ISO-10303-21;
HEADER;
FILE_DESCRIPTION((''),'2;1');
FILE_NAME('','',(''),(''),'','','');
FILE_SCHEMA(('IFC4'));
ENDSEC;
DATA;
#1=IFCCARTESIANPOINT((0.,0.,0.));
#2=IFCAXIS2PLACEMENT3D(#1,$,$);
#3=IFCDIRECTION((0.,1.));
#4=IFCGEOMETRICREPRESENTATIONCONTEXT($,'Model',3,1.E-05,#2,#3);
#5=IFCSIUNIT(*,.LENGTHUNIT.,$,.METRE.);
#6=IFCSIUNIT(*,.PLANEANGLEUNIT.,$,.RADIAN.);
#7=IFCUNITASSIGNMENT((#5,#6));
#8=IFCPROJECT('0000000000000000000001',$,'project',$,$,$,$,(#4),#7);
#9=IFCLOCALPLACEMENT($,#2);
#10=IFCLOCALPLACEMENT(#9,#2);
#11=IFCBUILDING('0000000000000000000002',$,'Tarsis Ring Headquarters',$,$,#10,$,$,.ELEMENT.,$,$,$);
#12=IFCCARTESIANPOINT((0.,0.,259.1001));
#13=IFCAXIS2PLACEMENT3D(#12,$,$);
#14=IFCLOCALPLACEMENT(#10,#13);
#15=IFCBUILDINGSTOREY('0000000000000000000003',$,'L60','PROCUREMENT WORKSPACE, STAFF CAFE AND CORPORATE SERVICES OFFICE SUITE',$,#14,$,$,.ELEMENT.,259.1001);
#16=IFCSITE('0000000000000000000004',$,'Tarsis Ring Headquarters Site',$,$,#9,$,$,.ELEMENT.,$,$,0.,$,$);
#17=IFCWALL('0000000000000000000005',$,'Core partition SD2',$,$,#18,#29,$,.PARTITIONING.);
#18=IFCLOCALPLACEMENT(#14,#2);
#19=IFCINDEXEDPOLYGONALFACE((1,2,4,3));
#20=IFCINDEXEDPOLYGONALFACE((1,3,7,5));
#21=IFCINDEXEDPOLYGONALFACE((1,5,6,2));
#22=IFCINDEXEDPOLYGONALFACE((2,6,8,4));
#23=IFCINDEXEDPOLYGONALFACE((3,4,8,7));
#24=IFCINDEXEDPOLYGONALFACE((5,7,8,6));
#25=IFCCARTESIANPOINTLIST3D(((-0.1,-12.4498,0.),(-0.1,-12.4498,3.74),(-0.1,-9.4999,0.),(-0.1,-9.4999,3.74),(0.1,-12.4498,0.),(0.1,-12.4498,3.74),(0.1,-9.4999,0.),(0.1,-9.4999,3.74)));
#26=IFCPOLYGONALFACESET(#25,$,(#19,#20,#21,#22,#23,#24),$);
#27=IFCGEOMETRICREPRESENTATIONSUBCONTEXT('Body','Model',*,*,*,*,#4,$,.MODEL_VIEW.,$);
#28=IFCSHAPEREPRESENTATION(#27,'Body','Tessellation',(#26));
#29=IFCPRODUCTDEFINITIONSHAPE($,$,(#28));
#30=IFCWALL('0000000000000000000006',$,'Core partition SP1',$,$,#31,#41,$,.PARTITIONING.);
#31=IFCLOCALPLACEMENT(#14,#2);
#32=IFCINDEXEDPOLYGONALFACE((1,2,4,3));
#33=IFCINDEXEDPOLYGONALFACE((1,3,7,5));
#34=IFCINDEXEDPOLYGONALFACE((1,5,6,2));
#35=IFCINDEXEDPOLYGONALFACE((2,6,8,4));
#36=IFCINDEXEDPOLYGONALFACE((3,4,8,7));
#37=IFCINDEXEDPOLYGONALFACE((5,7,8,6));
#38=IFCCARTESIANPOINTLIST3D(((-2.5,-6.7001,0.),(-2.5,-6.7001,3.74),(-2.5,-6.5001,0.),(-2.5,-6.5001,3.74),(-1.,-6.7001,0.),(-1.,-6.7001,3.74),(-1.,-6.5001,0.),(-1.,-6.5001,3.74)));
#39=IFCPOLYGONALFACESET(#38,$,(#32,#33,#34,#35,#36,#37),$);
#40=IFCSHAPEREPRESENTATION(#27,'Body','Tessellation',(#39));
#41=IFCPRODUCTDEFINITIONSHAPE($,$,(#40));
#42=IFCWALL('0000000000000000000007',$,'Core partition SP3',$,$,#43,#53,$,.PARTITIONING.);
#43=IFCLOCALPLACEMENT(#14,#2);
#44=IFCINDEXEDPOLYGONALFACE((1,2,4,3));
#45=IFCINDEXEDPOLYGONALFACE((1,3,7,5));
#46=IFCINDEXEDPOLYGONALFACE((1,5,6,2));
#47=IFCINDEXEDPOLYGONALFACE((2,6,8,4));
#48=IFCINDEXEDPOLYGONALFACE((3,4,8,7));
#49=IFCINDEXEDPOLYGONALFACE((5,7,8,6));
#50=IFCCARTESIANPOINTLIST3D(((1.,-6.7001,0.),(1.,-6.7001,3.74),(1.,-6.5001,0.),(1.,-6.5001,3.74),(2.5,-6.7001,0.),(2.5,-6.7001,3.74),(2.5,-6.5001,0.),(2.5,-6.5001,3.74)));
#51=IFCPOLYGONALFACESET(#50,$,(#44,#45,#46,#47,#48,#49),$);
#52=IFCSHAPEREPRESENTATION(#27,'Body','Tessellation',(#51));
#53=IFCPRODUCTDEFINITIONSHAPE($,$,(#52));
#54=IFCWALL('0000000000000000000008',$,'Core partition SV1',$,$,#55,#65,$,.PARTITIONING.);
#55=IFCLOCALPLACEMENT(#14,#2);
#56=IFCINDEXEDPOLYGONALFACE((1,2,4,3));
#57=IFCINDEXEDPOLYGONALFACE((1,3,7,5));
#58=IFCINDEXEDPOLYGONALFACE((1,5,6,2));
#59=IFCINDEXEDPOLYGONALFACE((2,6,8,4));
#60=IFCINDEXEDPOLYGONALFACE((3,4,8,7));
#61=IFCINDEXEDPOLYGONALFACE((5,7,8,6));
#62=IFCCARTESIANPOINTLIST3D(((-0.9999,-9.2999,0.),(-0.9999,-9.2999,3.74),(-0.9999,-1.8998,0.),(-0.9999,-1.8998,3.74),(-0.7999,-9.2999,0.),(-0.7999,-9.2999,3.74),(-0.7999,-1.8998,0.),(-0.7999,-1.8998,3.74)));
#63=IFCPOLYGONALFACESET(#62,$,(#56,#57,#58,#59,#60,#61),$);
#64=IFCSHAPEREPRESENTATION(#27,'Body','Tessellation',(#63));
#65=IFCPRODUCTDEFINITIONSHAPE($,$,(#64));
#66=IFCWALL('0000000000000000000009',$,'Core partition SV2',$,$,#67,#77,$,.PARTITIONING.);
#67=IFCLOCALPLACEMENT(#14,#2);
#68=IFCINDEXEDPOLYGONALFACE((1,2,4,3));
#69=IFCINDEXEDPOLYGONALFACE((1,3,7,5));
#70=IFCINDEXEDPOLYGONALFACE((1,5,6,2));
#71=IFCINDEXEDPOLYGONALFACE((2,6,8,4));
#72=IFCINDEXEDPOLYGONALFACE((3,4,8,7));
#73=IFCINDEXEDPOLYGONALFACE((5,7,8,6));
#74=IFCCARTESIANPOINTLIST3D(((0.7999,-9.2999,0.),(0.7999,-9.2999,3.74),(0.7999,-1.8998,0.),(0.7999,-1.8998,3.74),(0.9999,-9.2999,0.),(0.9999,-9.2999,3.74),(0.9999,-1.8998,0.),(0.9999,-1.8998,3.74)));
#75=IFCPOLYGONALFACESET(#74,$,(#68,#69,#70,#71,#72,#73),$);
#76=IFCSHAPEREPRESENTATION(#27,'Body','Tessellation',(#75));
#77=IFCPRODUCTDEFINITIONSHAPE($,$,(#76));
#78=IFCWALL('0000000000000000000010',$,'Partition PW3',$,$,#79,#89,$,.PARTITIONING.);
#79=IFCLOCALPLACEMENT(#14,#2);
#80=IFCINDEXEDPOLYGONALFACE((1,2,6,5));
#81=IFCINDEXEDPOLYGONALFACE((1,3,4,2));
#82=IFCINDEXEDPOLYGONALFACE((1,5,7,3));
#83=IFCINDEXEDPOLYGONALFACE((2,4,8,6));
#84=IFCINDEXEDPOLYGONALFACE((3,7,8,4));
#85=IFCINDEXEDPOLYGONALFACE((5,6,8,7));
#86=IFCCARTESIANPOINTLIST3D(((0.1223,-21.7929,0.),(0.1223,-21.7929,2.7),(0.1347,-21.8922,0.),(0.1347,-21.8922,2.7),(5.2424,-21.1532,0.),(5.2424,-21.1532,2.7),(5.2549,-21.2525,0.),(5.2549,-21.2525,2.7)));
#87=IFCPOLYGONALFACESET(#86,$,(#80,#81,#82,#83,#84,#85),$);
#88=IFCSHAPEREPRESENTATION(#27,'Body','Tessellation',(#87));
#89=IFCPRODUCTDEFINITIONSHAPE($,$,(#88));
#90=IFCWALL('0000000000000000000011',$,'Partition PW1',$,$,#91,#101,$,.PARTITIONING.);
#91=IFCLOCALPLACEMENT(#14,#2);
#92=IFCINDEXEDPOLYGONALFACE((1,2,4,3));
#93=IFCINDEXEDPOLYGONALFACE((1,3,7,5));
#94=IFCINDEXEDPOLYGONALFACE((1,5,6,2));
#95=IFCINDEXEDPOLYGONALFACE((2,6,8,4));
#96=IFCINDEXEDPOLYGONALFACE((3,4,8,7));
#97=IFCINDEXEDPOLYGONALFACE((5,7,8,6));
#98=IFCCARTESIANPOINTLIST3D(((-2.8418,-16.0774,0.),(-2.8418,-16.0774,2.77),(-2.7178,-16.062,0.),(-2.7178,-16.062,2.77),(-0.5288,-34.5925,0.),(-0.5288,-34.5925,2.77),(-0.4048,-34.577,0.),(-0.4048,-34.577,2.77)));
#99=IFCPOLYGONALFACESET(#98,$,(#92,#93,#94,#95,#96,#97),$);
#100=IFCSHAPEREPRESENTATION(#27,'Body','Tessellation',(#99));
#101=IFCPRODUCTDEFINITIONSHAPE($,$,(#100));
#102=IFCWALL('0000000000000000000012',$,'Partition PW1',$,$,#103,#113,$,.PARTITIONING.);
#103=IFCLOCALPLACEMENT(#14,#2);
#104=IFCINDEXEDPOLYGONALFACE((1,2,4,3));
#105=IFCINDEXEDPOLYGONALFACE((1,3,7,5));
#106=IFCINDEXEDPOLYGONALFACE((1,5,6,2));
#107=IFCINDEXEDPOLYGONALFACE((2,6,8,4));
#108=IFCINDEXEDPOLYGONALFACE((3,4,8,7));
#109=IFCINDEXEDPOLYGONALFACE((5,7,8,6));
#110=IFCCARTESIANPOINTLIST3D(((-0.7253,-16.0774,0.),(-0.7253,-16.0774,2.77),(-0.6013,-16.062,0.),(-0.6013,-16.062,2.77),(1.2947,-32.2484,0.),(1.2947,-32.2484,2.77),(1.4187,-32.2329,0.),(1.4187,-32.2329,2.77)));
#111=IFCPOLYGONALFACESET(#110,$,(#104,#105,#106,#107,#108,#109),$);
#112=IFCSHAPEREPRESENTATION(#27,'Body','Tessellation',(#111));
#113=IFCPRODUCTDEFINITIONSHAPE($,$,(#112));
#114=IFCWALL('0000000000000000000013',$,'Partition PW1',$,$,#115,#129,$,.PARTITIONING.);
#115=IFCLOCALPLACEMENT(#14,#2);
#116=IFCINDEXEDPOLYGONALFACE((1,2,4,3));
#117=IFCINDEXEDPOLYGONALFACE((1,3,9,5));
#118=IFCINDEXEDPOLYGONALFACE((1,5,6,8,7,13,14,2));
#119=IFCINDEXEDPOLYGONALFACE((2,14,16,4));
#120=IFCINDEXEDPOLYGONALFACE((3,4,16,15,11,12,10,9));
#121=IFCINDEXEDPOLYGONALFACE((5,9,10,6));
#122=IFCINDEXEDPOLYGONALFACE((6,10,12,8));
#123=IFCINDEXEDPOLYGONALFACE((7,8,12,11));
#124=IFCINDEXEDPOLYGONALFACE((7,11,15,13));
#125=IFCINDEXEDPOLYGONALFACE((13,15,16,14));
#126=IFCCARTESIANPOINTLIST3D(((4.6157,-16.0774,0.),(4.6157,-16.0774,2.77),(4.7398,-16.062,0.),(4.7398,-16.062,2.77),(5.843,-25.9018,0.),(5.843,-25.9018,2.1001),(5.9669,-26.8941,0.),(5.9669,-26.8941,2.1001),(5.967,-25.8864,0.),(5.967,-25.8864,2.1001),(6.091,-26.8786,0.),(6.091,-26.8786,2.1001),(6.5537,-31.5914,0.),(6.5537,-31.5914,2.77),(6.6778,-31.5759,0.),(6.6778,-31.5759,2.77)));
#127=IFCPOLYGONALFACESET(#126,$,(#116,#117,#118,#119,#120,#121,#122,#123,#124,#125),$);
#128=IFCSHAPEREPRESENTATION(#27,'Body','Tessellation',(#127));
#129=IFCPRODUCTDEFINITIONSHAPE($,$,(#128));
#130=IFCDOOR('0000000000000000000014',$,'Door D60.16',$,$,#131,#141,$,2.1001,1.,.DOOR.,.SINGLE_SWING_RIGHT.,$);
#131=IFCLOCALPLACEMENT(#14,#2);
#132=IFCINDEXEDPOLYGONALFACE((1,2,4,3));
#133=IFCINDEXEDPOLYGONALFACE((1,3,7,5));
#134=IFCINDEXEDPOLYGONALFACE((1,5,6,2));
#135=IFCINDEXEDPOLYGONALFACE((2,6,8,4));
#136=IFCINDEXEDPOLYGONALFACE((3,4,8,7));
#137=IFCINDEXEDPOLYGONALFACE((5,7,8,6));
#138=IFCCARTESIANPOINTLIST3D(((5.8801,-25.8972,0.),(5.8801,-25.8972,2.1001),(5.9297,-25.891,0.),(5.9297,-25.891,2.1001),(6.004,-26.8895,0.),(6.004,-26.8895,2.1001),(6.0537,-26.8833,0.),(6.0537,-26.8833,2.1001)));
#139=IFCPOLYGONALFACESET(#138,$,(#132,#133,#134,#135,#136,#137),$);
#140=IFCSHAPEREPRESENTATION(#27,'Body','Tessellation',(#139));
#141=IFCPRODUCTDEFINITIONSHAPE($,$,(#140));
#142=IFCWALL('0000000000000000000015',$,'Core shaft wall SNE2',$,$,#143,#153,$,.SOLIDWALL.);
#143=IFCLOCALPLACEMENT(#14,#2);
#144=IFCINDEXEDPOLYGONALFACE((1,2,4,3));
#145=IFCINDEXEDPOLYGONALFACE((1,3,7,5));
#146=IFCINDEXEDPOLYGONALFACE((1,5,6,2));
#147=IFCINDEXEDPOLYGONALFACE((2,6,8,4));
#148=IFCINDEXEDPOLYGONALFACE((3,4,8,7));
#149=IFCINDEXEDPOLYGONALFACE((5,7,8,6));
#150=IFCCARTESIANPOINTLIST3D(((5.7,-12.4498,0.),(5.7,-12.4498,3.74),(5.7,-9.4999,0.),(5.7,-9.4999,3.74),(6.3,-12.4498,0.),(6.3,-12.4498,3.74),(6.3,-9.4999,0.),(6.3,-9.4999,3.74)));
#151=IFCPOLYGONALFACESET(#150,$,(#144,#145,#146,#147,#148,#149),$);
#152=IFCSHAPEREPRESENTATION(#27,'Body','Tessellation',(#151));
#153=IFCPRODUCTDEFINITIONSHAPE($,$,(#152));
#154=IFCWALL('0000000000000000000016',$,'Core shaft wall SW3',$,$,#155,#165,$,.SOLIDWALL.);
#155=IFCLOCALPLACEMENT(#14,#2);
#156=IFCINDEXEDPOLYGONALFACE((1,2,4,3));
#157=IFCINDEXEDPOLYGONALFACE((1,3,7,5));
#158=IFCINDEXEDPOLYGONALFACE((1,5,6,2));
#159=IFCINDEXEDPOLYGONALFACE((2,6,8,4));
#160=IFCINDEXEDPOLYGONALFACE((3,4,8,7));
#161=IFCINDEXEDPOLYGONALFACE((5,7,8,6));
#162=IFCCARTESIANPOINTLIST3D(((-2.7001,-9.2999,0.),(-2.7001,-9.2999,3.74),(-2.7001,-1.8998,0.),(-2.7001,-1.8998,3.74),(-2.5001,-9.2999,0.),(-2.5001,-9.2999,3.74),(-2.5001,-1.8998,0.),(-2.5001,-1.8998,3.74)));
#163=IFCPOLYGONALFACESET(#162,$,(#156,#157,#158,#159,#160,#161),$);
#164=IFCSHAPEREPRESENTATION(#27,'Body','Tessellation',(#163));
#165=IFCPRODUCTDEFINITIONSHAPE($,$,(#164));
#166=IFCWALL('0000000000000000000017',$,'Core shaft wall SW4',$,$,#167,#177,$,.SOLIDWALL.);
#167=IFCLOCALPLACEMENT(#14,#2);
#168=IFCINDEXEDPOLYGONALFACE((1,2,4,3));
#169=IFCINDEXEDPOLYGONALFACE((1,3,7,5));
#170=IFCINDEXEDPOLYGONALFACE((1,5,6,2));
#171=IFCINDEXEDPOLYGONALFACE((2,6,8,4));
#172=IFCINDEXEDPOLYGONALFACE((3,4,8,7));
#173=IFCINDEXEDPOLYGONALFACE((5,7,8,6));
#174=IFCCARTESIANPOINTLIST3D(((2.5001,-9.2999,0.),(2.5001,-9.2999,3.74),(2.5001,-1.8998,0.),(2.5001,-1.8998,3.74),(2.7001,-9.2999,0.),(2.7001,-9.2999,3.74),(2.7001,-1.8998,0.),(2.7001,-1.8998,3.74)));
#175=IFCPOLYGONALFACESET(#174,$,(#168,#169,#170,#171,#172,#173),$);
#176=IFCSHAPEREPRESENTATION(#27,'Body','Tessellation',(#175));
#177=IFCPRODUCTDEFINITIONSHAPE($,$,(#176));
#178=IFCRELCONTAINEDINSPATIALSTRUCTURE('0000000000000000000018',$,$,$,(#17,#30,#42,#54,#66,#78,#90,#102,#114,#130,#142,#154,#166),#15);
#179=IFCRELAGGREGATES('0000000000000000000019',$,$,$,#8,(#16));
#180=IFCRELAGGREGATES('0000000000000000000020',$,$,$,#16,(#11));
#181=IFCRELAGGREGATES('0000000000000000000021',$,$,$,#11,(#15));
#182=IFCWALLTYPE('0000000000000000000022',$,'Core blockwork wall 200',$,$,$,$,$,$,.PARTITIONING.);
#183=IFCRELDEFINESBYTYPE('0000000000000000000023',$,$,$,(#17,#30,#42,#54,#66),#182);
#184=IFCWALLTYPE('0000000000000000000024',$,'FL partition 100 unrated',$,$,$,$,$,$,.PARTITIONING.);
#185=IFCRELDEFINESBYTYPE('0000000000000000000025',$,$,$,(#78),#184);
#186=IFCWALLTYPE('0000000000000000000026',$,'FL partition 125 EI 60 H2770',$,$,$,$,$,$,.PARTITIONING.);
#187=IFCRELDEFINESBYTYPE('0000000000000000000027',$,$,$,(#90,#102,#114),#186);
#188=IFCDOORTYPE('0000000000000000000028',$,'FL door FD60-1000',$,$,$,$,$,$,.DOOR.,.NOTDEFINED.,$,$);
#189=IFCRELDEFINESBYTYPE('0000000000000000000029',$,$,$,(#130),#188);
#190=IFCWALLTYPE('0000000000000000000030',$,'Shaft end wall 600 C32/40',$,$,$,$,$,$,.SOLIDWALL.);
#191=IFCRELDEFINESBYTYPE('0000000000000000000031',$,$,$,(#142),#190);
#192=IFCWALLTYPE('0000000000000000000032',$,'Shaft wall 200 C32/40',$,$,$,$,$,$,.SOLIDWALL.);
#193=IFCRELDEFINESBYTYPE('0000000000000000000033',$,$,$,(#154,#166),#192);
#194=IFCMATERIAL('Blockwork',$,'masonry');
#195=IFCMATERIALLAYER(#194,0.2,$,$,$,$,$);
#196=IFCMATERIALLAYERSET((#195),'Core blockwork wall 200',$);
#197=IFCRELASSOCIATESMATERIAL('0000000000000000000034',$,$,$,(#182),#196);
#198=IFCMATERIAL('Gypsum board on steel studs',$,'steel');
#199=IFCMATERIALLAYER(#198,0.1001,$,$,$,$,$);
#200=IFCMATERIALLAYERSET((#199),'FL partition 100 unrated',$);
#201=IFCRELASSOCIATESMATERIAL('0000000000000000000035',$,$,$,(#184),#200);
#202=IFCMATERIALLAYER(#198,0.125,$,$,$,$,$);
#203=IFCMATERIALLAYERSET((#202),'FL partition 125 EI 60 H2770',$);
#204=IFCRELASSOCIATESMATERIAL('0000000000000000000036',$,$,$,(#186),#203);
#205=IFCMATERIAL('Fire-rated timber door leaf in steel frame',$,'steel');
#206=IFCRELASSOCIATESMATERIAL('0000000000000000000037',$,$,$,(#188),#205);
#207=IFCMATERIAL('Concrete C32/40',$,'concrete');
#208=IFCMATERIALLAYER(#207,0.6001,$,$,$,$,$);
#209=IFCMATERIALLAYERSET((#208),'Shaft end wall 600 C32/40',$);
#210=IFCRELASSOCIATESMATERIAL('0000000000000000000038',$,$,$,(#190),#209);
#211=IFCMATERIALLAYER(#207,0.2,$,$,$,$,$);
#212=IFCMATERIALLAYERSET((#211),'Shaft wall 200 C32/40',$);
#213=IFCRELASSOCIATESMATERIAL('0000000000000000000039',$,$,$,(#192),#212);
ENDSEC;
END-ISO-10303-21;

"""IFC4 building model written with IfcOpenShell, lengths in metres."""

from ifc_helpers import new_model, si_unit, direction, frame, frame_2d, origin, place, context, subcontext, project, spatial, rectangle, extrude, material, layer, layer_set, type_object, element, fill, save


model = new_model("IFC4")

# Units and contexts
model_context = context("Model", 3, precision=1e-05, world=origin(), true_north=direction((0.0, 1.0)))
body_context = subcontext(model_context, "Body", "Model", "MODEL_VIEW")
ifc_project = project(units=[si_unit("LENGTHUNIT", "METRE"), si_unit("PLANEANGLEUNIT", "RADIAN")], contexts=[model_context])

# Site, building, storey
site_placement = place(None, origin())
site = spatial("IfcSite", under=ifc_project, at=site_placement, Name="Tarsis Ring Headquarters Site", CompositionType="ELEMENT", RefElevation=0.0)
building_placement = place(site_placement, origin())
building = spatial("IfcBuilding", under=site, at=building_placement, Name="Tarsis Ring Headquarters", CompositionType="ELEMENT")
storey_placement = place(building_placement, frame((0.0, 0.0, 259.1001)))
storey = spatial("IfcBuildingStorey", under=building, at=storey_placement, Name="L60", Description="PROCUREMENT WORKSPACE, STAFF CAFE AND CORPORATE SERVICES OFFICE SUITE", CompositionType="ELEMENT", Elevation=259.1001)

# Walls
ifc_material_1 = material(Name="Blockwork", Category="masonry")
ifc_layer_1 = layer(ifc_material_1, 0.2)
ifc_layer_set_1 = layer_set([ifc_layer_1], Name="Core blockwork wall 200")
wall_type_1 = type_object("IfcWallType", Name="Core blockwork wall 200", PredefinedType="PARTITIONING", material=ifc_layer_set_1)
wall_1_placement = place(storey_placement, frame((0.0, -12.45, 0.0), z_axis=(0.0, 0.0, 1.0), x_axis=(0.0, 1.0, 0.0)))
element("IfcWall", 1, at=wall_1_placement, inside=storey, type_object=wall_type_1, Name="Core partition SD2", PredefinedType="PARTITIONING", context=body_context, shape_type="SweptSolid", body=[
    extrude(rectangle(XDim=2.95, YDim=0.2, at=frame_2d((1.4751, 0.0))), origin(), (0.0, 0.0, 1.0), 3.74),
])
for number, where, z_axis, x_axis, name in (
    (2, (-2.5, -6.6001, 0.0), (0.0, 0.0, 1.0), (1.0, 0.0, 0.0), "Core partition SP1"),
    (3, (1.0, -6.6001, 0.0), (0.0, 0.0, 1.0), (1.0, 0.0, 0.0), "Core partition SP3"),
):
    element("IfcWall", number, at=place(storey_placement, frame(where, z_axis=z_axis, x_axis=x_axis)), inside=storey, type_object=wall_type_1, Name=name, PredefinedType="PARTITIONING", context=body_context, shape_type="SweptSolid", body=[
        extrude(rectangle(XDim=1.5, YDim=0.2, at=frame_2d((0.75, 0.0))), origin(), (0.0, 0.0, 1.0), 3.74),
    ])
for number, where, z_axis, x_axis, name in (
    (4, (-0.8999, -9.3, 0.0), (0.0, 0.0, 1.0), (0.0, 1.0, 0.0), "Core partition SV1"),
    (5, (0.8999, -9.3, 0.0), (0.0, 0.0, 1.0), (0.0, 1.0, 0.0), "Core partition SV2"),
):
    element("IfcWall", number, at=place(storey_placement, frame(where, z_axis=z_axis, x_axis=x_axis)), inside=storey, type_object=wall_type_1, Name=name, PredefinedType="PARTITIONING", context=body_context, shape_type="SweptSolid", body=[
        extrude(rectangle(XDim=7.4001, YDim=0.2, at=frame_2d((3.7002, 0.0))), origin(), (0.0, 0.0, 1.0), 3.74),
    ])
ifc_material_2 = material(Name="Gypsum board on steel studs", Category="steel")
ifc_layer_2 = layer(ifc_material_2, 0.1001)
ifc_layer_set_2 = layer_set([ifc_layer_2], Name="FL partition 100 unrated")
wall_type_2 = type_object("IfcWallType", Name="FL partition 100 unrated", PredefinedType="PARTITIONING", material=ifc_layer_set_2)
wall_2_placement = place(storey_placement, frame((0.1284, -21.8425, 0.0), z_axis=(0.0, 0.0, 1.0), x_axis=(0.992287, 0.123965, 0.0)))
element("IfcWall", 6, at=wall_2_placement, inside=storey, type_object=wall_type_2, Name="Partition PW3", PredefinedType="PARTITIONING", context=body_context, shape_type="SweptSolid", body=[
    extrude(rectangle(XDim=5.1599, YDim=0.1001, at=frame_2d((2.5801, 0.0))), origin(), (0.0, 0.0, 1.0), 2.7),
])
ifc_layer_3 = layer(ifc_material_2, 0.125)
ifc_layer_set_3 = layer_set([ifc_layer_3], Name="FL partition 125 EI 60 H2770")
wall_type_3 = type_object("IfcWallType", Name="FL partition 125 EI 60 H2770", PredefinedType="PARTITIONING", material=ifc_layer_set_3)
wall_3_placement = place(storey_placement, frame((-2.7798, -16.0696, 0.0), z_axis=(0.0, 0.0, 1.0), x_axis=(0.123961, -0.992287, 0.0)))
element("IfcWall", 7, at=wall_3_placement, inside=storey, type_object=wall_type_3, Name="Partition PW1", PredefinedType="PARTITIONING", context=body_context, shape_type="SweptSolid", body=[
    extrude(rectangle(XDim=18.6589, YDim=0.125, at=frame_2d((9.3296, 0.0))), origin(), (0.0, 0.0, 1.0), 2.77),
])
wall_4_placement = place(storey_placement, frame((-0.6633, -16.0696, 0.0), z_axis=(0.0, 0.0, 1.0), x_axis=(0.123954, -0.992288, 0.0)))
element("IfcWall", 8, at=wall_4_placement, inside=storey, type_object=wall_type_3, Name="Partition PW1", PredefinedType="PARTITIONING", context=body_context, shape_type="SweptSolid", body=[
    extrude(rectangle(XDim=16.2966, YDim=0.125, at=frame_2d((8.1484, 0.0))), origin(), (0.0, 0.0, 1.0), 2.77),
])

# Wall, opening, door
wall_5_placement = place(storey_placement, frame((4.6777, -16.0696, 0.0), z_axis=(0.0, 0.0, 1.0), x_axis=(0.123956, -0.992288, 0.0)))
wall_5 = element("IfcWall", 9, at=wall_5_placement, inside=storey, type_object=wall_type_3, Name="Partition PW1", PredefinedType="PARTITIONING", context=body_context, shape_type="SweptSolid", body=[
    extrude(rectangle(XDim=15.6345, YDim=0.125, at=frame_2d((7.8174, 0.0))), origin(), (0.0, 0.0, 1.0), 2.77),
])
opening_placement = place(wall_5_placement, frame((9.9009, 0.0, 0.0)))
opening = element("IfcOpeningElement", 10, at=opening_placement, cuts=wall_5, PredefinedType="OPENING", context=body_context, shape_type="SweptSolid", body=[
    extrude(rectangle(XDim=1.0, YDim=2.1001, at=frame_2d((0.5, 1.05))), frame((0.0, 0.0725, 0.0), z_axis=(0.0, -1.0, 0.0), x_axis=(1.0, 0.0, 0.0)), (0.0, 0.0, 1.0), 0.145),
])
ifc_material_3 = material(Name="Fire-rated timber door leaf in steel frame", Category="steel")
door_type = type_object("IfcDoorType", Name="FL door FD60-1000", OperationType="NOTDEFINED", PredefinedType="DOOR", material=ifc_material_3)
door_placement = place(opening_placement, origin())
door = element("IfcDoor", 11, at=door_placement, inside=storey, type_object=door_type, Name="Door D60.16", OperationType="SINGLE_SWING_RIGHT", OverallHeight=2.1001, OverallWidth=1.0, PredefinedType="DOOR", context=body_context, shape_type="SweptSolid", body=[
    extrude(rectangle(XDim=1.0, YDim=2.1001, at=frame_2d((0.5, 1.05))), frame((0.0, 0.0249, 0.0), z_axis=(0.0, -1.0, 0.0), x_axis=(1.0, 0.0, 0.0)), (0.0, 0.0, 1.0), 0.05),
])
fill(opening, door)

# Walls
ifc_material_4 = material(Name="Concrete C32/40", Category="concrete")
ifc_layer_4 = layer(ifc_material_4, 0.6001)
ifc_layer_set_4 = layer_set([ifc_layer_4], Name="Shaft end wall 600 C32/40")
wall_type_4 = type_object("IfcWallType", Name="Shaft end wall 600 C32/40", PredefinedType="SOLIDWALL", material=ifc_layer_set_4)
wall_6_placement = place(storey_placement, frame((6.0, -12.45, 0.0), z_axis=(0.0, 0.0, 1.0), x_axis=(0.0, 1.0, 0.0)))
element("IfcWall", 12, at=wall_6_placement, inside=storey, type_object=wall_type_4, Name="Core shaft wall SNE2", PredefinedType="SOLIDWALL", context=body_context, shape_type="SweptSolid", body=[
    extrude(rectangle(XDim=2.95, YDim=0.6001, at=frame_2d((1.4751, 0.0))), origin(), (0.0, 0.0, 1.0), 3.74),
])
ifc_layer_5 = layer(ifc_material_4, 0.2)
ifc_layer_set_5 = layer_set([ifc_layer_5], Name="Shaft wall 200 C32/40")
wall_type_5 = type_object("IfcWallType", Name="Shaft wall 200 C32/40", PredefinedType="SOLIDWALL", material=ifc_layer_set_5)
for number, where, z_axis, x_axis, name in (
    (13, (-2.6001, -9.3, 0.0), (0.0, 0.0, 1.0), (0.0, 1.0, 0.0), "Core shaft wall SW3"),
    (14, (2.6001, -9.3, 0.0), (0.0, 0.0, 1.0), (0.0, 1.0, 0.0), "Core shaft wall SW4"),
):
    element("IfcWall", number, at=place(storey_placement, frame(where, z_axis=z_axis, x_axis=x_axis)), inside=storey, type_object=wall_type_5, Name=name, PredefinedType="SOLIDWALL", context=body_context, shape_type="SweptSolid", body=[
        extrude(rectangle(XDim=7.4001, YDim=0.2, at=frame_2d((3.7002, 0.0))), origin(), (0.0, 0.0, 1.0), 3.74),
    ])

save(model, "model.ifc")
